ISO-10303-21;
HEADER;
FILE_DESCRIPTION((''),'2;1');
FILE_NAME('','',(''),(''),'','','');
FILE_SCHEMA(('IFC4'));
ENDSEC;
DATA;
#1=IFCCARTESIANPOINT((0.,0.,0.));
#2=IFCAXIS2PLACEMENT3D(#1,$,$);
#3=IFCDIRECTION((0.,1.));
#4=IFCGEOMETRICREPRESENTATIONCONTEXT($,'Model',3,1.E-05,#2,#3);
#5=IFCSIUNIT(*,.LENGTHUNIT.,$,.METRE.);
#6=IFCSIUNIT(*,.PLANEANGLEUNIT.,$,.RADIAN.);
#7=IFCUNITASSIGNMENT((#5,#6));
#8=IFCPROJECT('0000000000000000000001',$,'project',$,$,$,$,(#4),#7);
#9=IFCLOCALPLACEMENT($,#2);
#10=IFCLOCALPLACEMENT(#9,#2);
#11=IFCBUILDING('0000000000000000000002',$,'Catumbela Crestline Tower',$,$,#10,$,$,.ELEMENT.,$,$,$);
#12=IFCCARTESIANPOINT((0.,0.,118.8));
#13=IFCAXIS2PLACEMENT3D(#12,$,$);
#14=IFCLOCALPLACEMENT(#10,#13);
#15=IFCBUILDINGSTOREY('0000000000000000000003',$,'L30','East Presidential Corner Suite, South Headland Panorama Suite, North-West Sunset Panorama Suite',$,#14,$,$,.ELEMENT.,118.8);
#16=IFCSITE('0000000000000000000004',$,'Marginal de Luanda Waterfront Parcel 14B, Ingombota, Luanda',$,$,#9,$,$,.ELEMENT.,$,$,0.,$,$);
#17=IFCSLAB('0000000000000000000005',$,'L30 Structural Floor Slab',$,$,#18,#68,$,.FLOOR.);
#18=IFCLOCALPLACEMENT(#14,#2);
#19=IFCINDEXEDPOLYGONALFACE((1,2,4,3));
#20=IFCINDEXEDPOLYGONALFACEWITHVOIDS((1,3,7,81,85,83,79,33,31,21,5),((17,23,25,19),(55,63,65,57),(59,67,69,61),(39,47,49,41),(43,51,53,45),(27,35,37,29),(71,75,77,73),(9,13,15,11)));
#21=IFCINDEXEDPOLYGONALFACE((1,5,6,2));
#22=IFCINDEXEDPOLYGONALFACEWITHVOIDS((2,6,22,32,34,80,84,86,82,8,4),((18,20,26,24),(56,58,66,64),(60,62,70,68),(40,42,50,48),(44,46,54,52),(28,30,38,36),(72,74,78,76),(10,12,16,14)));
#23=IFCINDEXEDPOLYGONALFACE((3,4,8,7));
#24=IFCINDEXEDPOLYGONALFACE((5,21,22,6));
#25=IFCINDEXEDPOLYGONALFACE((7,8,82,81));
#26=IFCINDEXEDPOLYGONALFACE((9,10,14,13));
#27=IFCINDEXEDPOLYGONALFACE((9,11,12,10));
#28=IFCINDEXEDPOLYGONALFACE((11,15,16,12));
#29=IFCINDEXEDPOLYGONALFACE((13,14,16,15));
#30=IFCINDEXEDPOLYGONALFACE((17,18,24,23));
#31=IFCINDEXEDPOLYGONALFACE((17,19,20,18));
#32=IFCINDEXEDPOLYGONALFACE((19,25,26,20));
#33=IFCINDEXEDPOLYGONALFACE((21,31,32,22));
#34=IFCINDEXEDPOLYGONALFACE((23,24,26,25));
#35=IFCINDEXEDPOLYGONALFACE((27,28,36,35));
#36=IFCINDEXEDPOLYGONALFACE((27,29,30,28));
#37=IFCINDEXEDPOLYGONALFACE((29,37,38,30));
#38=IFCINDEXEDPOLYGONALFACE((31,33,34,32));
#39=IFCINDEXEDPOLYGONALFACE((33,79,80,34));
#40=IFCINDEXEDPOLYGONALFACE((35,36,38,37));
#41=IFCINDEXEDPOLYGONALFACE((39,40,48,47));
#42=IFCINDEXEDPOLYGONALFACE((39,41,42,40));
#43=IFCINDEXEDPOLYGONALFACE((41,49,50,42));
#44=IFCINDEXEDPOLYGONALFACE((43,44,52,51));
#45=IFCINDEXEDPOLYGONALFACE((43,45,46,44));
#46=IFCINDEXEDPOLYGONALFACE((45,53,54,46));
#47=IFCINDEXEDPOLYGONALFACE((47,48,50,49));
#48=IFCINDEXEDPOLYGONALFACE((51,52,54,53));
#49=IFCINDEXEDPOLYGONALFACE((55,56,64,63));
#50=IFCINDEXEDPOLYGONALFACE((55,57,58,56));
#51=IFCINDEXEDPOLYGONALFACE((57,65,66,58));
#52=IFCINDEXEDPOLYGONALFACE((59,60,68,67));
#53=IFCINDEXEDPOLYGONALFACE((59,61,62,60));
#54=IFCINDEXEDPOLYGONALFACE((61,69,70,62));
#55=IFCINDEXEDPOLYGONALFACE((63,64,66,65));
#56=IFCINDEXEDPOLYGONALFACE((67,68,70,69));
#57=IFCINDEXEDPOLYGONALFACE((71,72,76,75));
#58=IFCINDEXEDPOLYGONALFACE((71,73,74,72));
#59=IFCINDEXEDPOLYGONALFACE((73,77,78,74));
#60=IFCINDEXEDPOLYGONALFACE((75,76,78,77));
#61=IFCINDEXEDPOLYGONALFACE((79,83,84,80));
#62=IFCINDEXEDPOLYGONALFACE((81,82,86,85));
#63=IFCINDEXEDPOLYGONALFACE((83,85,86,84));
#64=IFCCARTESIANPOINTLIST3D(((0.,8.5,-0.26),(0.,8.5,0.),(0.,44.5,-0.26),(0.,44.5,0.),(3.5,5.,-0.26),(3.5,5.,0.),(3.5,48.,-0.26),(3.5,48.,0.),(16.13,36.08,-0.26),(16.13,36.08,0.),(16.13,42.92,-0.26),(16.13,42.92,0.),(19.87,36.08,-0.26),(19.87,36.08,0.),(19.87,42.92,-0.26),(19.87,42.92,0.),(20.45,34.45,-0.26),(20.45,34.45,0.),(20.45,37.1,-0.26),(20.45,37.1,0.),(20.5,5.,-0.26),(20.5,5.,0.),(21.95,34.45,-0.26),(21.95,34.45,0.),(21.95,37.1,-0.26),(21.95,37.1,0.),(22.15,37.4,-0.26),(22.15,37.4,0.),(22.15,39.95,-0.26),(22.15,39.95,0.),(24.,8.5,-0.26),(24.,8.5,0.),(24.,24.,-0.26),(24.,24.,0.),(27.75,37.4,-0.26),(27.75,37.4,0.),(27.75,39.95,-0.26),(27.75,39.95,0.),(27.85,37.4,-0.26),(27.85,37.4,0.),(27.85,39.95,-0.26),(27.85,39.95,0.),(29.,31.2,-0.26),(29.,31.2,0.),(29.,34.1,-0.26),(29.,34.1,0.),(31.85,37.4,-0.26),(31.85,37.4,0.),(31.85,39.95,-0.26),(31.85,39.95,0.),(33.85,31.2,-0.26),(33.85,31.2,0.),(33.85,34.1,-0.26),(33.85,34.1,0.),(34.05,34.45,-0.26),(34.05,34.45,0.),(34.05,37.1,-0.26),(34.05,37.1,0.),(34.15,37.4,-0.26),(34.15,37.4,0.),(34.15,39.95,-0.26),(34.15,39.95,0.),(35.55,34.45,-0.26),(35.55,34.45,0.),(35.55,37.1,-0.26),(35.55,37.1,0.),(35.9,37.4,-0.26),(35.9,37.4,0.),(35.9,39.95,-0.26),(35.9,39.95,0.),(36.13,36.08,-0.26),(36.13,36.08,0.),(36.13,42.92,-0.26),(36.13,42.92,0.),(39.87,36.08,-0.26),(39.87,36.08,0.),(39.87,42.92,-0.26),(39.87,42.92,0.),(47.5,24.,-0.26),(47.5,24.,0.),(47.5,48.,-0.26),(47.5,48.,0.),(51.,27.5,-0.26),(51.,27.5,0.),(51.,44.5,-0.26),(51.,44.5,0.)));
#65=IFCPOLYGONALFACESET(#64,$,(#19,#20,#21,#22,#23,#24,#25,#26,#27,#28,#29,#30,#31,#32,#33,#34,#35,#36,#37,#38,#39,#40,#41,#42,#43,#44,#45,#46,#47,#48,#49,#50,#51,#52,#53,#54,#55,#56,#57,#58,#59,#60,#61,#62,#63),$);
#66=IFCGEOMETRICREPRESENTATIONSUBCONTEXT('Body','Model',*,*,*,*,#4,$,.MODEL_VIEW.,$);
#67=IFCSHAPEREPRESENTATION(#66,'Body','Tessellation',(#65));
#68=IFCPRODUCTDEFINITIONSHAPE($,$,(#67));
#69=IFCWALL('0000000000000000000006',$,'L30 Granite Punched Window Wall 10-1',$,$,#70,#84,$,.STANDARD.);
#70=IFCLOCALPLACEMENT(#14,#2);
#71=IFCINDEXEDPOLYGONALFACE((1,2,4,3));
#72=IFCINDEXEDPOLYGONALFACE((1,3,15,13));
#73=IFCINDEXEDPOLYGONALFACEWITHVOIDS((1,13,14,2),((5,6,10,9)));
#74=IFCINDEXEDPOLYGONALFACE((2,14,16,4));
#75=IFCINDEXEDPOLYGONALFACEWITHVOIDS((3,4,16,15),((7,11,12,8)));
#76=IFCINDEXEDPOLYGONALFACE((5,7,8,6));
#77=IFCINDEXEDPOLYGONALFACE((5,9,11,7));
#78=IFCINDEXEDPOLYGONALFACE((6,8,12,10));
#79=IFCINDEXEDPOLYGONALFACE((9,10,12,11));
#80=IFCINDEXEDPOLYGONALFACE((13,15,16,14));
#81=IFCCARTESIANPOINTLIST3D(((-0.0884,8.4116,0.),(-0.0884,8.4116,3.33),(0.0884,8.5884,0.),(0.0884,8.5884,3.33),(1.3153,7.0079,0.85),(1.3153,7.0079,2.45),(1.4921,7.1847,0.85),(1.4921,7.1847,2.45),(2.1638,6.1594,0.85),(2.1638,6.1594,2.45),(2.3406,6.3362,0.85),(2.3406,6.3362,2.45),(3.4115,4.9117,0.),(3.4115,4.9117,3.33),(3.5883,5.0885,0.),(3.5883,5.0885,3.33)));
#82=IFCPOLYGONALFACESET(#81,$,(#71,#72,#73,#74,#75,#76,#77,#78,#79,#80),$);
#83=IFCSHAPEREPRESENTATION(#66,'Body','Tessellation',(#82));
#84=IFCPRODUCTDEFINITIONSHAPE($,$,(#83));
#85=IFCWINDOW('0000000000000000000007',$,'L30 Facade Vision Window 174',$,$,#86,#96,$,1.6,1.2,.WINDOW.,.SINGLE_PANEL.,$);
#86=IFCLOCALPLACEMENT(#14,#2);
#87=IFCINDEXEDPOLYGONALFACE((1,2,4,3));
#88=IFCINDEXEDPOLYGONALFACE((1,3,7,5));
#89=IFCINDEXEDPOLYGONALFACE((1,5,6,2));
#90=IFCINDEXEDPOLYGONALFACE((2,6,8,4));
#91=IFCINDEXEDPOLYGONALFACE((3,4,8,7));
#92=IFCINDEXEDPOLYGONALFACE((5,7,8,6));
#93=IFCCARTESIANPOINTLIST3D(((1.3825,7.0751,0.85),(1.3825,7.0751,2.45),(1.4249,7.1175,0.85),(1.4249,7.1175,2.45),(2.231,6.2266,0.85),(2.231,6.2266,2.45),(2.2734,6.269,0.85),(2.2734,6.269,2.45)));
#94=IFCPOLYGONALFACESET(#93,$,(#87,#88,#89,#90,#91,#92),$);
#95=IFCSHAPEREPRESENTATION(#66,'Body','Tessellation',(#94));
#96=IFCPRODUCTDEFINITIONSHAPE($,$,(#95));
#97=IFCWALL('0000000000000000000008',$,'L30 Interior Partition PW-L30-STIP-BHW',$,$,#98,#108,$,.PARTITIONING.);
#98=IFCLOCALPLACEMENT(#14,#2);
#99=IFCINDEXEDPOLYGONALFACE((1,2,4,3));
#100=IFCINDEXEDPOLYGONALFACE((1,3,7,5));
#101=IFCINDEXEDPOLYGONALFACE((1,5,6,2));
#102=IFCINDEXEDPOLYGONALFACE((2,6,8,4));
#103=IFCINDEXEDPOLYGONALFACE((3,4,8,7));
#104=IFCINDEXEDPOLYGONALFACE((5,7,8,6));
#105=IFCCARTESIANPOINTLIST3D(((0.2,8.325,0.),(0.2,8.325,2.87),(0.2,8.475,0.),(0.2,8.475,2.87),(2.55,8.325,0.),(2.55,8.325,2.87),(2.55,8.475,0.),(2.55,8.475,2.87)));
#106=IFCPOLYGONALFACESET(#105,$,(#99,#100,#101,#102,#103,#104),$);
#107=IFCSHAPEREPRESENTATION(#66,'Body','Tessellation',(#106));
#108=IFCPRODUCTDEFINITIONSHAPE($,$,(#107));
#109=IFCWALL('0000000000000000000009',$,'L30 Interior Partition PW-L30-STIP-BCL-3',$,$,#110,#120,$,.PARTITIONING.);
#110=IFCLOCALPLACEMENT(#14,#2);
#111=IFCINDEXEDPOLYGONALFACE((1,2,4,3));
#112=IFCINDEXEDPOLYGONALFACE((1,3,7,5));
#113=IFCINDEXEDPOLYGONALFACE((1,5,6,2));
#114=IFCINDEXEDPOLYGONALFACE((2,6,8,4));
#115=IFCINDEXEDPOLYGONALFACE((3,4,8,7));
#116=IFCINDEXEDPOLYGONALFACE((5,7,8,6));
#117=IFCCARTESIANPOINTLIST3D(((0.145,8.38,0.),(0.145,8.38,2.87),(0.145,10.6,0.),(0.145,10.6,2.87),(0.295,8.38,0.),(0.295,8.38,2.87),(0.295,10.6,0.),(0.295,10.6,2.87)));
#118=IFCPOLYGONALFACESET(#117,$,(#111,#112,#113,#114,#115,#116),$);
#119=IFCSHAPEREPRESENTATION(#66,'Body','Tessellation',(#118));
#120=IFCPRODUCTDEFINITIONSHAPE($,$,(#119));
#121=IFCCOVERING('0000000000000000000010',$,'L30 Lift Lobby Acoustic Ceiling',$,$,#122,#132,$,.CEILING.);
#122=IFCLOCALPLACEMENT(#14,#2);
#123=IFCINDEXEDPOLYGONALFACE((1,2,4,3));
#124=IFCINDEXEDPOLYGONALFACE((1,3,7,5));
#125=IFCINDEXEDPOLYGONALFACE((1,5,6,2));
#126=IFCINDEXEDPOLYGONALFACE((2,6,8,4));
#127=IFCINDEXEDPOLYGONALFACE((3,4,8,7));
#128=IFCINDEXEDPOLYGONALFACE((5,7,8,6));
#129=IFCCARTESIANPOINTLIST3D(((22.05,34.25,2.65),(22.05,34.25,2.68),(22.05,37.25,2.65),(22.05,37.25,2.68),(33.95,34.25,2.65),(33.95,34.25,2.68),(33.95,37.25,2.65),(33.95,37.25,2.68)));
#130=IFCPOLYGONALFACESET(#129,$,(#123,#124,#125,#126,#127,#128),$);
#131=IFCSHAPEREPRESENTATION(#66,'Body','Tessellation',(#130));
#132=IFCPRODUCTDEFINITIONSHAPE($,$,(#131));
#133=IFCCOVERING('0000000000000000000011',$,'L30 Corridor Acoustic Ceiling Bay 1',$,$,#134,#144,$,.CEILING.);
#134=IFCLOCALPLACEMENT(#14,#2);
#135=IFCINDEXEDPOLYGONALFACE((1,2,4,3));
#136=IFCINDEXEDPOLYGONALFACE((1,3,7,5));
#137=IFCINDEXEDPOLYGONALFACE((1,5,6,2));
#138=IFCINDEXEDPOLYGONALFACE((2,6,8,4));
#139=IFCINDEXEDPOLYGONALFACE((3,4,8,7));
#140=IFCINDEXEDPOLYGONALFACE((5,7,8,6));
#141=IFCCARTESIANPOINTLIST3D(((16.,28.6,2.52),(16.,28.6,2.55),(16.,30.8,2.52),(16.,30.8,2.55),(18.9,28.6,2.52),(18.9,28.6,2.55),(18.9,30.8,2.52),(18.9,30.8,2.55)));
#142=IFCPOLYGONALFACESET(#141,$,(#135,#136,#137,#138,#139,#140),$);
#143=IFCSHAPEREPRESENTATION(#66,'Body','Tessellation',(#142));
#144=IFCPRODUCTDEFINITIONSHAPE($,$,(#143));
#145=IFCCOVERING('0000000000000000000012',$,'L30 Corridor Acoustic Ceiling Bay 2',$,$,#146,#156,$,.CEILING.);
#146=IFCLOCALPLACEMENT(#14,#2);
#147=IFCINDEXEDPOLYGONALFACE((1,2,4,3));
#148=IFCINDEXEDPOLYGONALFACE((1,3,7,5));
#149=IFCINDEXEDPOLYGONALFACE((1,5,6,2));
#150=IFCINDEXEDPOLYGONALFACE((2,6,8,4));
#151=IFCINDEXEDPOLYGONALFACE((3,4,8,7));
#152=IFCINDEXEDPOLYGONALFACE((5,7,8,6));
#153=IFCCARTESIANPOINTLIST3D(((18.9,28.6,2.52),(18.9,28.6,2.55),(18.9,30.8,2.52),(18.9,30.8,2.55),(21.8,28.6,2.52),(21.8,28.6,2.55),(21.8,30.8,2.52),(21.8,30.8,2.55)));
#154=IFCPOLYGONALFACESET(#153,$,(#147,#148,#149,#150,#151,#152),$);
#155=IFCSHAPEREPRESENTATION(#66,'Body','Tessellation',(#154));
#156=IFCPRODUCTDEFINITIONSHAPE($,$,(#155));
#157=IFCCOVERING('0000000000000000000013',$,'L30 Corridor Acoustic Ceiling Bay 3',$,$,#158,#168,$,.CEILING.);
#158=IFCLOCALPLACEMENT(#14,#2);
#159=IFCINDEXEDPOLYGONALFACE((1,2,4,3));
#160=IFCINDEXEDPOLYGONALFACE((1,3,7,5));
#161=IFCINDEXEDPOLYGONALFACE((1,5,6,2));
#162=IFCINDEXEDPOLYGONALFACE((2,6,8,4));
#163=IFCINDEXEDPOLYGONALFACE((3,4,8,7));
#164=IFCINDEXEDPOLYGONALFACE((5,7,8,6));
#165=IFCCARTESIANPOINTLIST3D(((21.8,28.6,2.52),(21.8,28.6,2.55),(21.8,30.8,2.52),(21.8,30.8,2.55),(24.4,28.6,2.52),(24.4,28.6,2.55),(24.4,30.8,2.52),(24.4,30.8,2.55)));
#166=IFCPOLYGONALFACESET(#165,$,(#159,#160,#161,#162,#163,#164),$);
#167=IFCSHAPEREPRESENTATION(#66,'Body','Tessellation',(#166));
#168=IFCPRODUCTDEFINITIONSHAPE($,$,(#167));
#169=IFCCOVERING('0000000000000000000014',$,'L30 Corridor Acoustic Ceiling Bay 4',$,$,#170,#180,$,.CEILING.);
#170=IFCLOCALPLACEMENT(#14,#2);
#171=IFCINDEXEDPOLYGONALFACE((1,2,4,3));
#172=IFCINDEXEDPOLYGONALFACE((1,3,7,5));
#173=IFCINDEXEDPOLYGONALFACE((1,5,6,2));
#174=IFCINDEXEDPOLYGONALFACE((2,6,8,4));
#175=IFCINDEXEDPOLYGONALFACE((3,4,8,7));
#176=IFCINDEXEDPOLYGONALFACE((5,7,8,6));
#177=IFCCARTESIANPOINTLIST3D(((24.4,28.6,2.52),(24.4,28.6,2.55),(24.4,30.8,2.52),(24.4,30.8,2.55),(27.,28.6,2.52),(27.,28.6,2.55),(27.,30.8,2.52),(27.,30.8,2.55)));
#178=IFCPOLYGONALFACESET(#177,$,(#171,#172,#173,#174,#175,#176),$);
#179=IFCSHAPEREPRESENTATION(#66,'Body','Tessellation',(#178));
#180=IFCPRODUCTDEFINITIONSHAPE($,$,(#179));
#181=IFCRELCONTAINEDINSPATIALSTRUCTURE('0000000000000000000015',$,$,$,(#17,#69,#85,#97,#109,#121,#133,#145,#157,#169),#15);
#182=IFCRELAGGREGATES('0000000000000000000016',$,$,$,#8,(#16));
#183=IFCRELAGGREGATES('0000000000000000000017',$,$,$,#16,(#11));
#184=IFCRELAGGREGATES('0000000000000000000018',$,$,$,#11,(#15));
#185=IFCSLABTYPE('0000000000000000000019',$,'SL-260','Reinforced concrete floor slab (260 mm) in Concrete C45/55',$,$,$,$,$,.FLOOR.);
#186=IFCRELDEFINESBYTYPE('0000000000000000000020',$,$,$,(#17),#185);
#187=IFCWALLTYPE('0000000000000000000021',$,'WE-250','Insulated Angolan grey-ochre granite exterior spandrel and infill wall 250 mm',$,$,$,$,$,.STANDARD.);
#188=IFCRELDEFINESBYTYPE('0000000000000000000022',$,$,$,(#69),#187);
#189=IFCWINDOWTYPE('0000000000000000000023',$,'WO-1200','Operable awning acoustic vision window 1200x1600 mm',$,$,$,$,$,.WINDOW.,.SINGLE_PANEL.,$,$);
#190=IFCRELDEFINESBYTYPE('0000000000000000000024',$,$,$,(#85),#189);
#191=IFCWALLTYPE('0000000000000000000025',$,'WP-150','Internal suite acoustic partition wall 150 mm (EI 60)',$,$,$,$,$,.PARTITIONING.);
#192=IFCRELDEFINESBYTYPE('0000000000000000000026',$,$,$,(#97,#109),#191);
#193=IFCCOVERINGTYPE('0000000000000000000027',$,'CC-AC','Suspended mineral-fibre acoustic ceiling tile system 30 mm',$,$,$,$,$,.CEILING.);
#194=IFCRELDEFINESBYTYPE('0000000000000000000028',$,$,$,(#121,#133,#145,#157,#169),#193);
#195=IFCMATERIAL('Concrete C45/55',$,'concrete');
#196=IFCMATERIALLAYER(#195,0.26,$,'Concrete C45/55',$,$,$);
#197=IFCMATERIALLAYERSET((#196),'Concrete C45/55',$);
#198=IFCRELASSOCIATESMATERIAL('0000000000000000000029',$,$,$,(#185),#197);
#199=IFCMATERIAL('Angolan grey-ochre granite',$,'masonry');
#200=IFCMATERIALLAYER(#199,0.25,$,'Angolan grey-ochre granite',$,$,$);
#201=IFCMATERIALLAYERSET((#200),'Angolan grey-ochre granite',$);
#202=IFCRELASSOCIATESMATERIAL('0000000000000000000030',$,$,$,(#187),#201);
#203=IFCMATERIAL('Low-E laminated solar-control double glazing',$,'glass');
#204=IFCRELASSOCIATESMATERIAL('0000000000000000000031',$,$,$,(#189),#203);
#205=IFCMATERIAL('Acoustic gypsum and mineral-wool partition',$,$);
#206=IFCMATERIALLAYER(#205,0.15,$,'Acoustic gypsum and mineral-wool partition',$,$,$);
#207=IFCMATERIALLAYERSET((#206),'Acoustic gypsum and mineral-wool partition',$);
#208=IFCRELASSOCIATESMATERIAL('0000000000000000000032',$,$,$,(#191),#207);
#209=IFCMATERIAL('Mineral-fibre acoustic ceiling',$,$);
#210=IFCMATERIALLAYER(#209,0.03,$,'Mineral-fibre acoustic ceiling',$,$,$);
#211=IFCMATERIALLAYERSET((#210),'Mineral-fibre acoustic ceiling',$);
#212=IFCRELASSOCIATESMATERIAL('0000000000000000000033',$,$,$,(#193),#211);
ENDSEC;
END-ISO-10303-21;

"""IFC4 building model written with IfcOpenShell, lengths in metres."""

from ifc_helpers import new_model, si_unit, direction, frame, frame_2d, origin, place, context, subcontext, project, spatial, polyline, rectangle, outline, extrude, material, layer, layer_set, type_object, element, fill, save


model = new_model("IFC4")

# Units and contexts
model_context = context("Model", 3, precision=1e-05, world=origin(), true_north=direction((0.0, 1.0)))
body_context = subcontext(model_context, "Body", "Model", "MODEL_VIEW")
ifc_project = project(units=[si_unit("LENGTHUNIT", "METRE"), si_unit("PLANEANGLEUNIT", "RADIAN")], contexts=[model_context])

# Site, building, storey
site_placement = place(None, origin())
site = spatial("IfcSite", under=ifc_project, at=site_placement, Name="Marginal de Luanda Waterfront Parcel 14B, Ingombota, Luanda", CompositionType="ELEMENT", RefElevation=0.0)
building_placement = place(site_placement, origin())
building = spatial("IfcBuilding", under=site, at=building_placement, Name="Catumbela Crestline Tower", CompositionType="ELEMENT")
storey_placement = place(building_placement, frame((0.0, 0.0, 118.8)))
storey = spatial("IfcBuildingStorey", under=building, at=storey_placement, Name="L30", Description="East Presidential Corner Suite, South Headland Panorama Suite, North-West Sunset Panorama Suite", CompositionType="ELEMENT", Elevation=118.8)

# Shared definitions
ifc_material_1 = material(Name="Concrete C45/55", Category="concrete")

# Slab
ifc_layer_1 = layer(ifc_material_1, 0.26, Name="Concrete C45/55")
ifc_layer_set_1 = layer_set([ifc_layer_1], Name="Concrete C45/55")
slab_type_1 = type_object("IfcSlabType", Name="SL-260", Description="Reinforced concrete floor slab (260 mm) in Concrete C45/55", PredefinedType="FLOOR", material=ifc_layer_set_1)
slab_1_placement = place(storey_placement, frame((0.0, 0.0, -0.26)))
element("IfcSlab", 1, at=slab_1_placement, inside=storey, type_object=slab_type_1, Name="L30 Structural Floor Slab", PredefinedType="FLOOR", context=body_context, shape_type="SweptSolid", body=[
    extrude(outline(polyline([(3.5, 5.0), (20.5, 5.0), (24.0, 8.5), (24.0, 24.0), (47.5, 24.0), (51.0, 27.5), (51.0, 44.5), (47.5, 48.0), (3.5, 48.0), (0.0, 44.5), (0.0, 8.5), (3.5, 5.0)]), holes=[polyline([(16.13, 36.08), (19.87, 36.08), (19.87, 42.92), (16.13, 42.92), (16.13, 36.08)]), polyline([(36.13, 36.08), (39.87, 36.08), (39.87, 42.92), (36.13, 42.92), (36.13, 36.08)]), polyline([(29.0, 31.2), (33.85, 31.2), (33.85, 34.1), (29.0, 34.1), (29.0, 31.2)]), polyline([(22.15, 37.4), (27.75, 37.4), (27.75, 39.95), (22.15, 39.95), (22.15, 37.4)]), polyline([(27.85, 37.4), (31.85, 37.4), (31.85, 39.95), (27.85, 39.95), (27.85, 37.4)]), polyline([(20.45, 34.45), (21.95, 34.45), (21.95, 37.1), (20.45, 37.1), (20.45, 34.45)]), polyline([(34.05, 34.45), (35.55, 34.45), (35.55, 37.1), (34.05, 37.1), (34.05, 34.45)]), polyline([(34.15, 37.4), (35.9, 37.4), (35.9, 39.95), (34.15, 39.95), (34.15, 37.4)])]), origin(), (0.0, 0.0, 1.0), 0.26),
])

# Wall, opening, window
ifc_material_2 = material(Name="Angolan grey-ochre granite", Category="masonry")
ifc_layer_2 = layer(ifc_material_2, 0.25, Name="Angolan grey-ochre granite")
ifc_layer_set_2 = layer_set([ifc_layer_2], Name="Angolan grey-ochre granite")
wall_type_1 = type_object("IfcWallType", Name="WE-250", Description="Insulated Angolan grey-ochre granite exterior spandrel and infill wall 250 mm", PredefinedType="STANDARD", material=ifc_layer_set_2)
wall_1_placement = place(storey_placement, frame((0.0, 8.5, 0.0), z_axis=(0.0, 0.0, 1.0), x_axis=(0.707107, -0.707107, 0.0)))
wall_1 = element("IfcWall", 2, at=wall_1_placement, inside=storey, type_object=wall_type_1, Name="L30 Granite Punched Window Wall 10-1", PredefinedType="STANDARD", context=body_context, shape_type="SweptSolid", body=[
    extrude(rectangle(XDim=4.9497, YDim=0.25, at=frame_2d((2.4748, 0.0))), origin(), (0.0, 0.0, 1.0), 3.33),
])
opening_placement = place(wall_1_placement, frame((1.9851, 0.0, 0.85)))
opening = element("IfcOpeningElement", 3, at=opening_placement, cuts=wall_1, PredefinedType="OPENING", context=body_context, shape_type="SweptSolid", body=[
    extrude(rectangle(XDim=1.2, YDim=1.6, at=frame_2d((0.6, 0.8))), frame((0.0, 0.135, 0.0), z_axis=(0.0, -1.0, 0.0), x_axis=(1.0, 0.0, 0.0)), (0.0, 0.0, 1.0), 0.27),
])
ifc_material_3 = material(Name="Low-E laminated solar-control double glazing", Category="glass")
window_type = type_object("IfcWindowType", Name="WO-1200", Description="Operable awning acoustic vision window 1200x1600 mm", PartitioningType="SINGLE_PANEL", PredefinedType="WINDOW", material=ifc_material_3)
window_placement = place(opening_placement, origin())
window = element("IfcWindow", 4, at=window_placement, inside=storey, type_object=window_type, Name="L30 Facade Vision Window 174", OverallHeight=1.6, OverallWidth=1.2, PartitioningType="SINGLE_PANEL", PredefinedType="WINDOW", context=body_context, shape_type="SweptSolid", body=[
    extrude(rectangle(XDim=1.2, YDim=1.6, at=frame_2d((0.6, 0.8))), frame((0.0, 0.03, 0.0), z_axis=(0.0, -1.0, 0.0), x_axis=(1.0, 0.0, 0.0)), (0.0, 0.0, 1.0), 0.06),
])
fill(opening, window)

# Walls
ifc_material_4 = material(Name="Acoustic gypsum and mineral-wool partition")
ifc_layer_3 = layer(ifc_material_4, 0.15, Name="Acoustic gypsum and mineral-wool partition")
ifc_layer_set_3 = layer_set([ifc_layer_3], Name="Acoustic gypsum and mineral-wool partition")
wall_type_2 = type_object("IfcWallType", Name="WP-150", Description="Internal suite acoustic partition wall 150 mm (EI 60)", PredefinedType="PARTITIONING", material=ifc_layer_set_3)
wall_2_placement = place(storey_placement, frame((0.2, 8.4, 0.0), z_axis=(0.0, 0.0, 1.0), x_axis=(1.0, 0.0, 0.0)))
element("IfcWall", 5, at=wall_2_placement, inside=storey, type_object=wall_type_2, Name="L30 Interior Partition PW-L30-STIP-BHW", PredefinedType="PARTITIONING", context=body_context, shape_type="SweptSolid", body=[
    extrude(rectangle(XDim=2.35, YDim=0.15, at=frame_2d((1.175, 0.0))), origin(), (0.0, 0.0, 1.0), 2.87),
])
wall_3_placement = place(storey_placement, frame((0.22, 8.38, 0.0), z_axis=(0.0, 0.0, 1.0), x_axis=(0.0, 1.0, 0.0)))
element("IfcWall", 6, at=wall_3_placement, inside=storey, type_object=wall_type_2, Name="L30 Interior Partition PW-L30-STIP-BCL-3", PredefinedType="PARTITIONING", context=body_context, shape_type="SweptSolid", body=[
    extrude(rectangle(XDim=2.22, YDim=0.15, at=frame_2d((1.11, 0.0))), origin(), (0.0, 0.0, 1.0), 2.87),
])

# Coverings
ifc_material_5 = material(Name="Mineral-fibre acoustic ceiling")
ifc_layer_4 = layer(ifc_material_5, 0.03, Name="Mineral-fibre acoustic ceiling")
ifc_layer_set_4 = layer_set([ifc_layer_4], Name="Mineral-fibre acoustic ceiling")
covering_type_1 = type_object("IfcCoveringType", Name="CC-AC", Description="Suspended mineral-fibre acoustic ceiling tile system 30 mm", PredefinedType="CEILING", material=ifc_layer_set_4)
covering_1_placement = place(storey_placement, frame((0.0, 0.0, 2.65)))
element("IfcCovering", 7, at=covering_1_placement, inside=storey, type_object=covering_type_1, Name="L30 Lift Lobby Acoustic Ceiling", PredefinedType="CEILING", context=body_context, shape_type="SweptSolid", body=[
    extrude(outline(polyline([(22.05, 34.25), (33.95, 34.25), (33.95, 37.25), (22.05, 37.25), (22.05, 34.25)])), origin(), (0.0, 0.0, 1.0), 0.03),
])
covering_2_placement = place(storey_placement, frame((0.0, 0.0, 2.52)))
element("IfcCovering", 8, at=covering_2_placement, inside=storey, type_object=covering_type_1, Name="L30 Corridor Acoustic Ceiling Bay 1", PredefinedType="CEILING", context=body_context, shape_type="SweptSolid", body=[
    extrude(outline(polyline([(16.0, 28.6), (18.9, 28.6), (18.9, 30.8), (16.0, 30.8), (16.0, 28.6)])), origin(), (0.0, 0.0, 1.0), 0.03),
])
covering_3_placement = place(storey_placement, frame((0.0, 0.0, 2.52)))
element("IfcCovering", 9, at=covering_3_placement, inside=storey, type_object=covering_type_1, Name="L30 Corridor Acoustic Ceiling Bay 2", PredefinedType="CEILING", context=body_context, shape_type="SweptSolid", body=[
    extrude(outline(polyline([(18.9, 28.6), (21.8, 28.6), (21.8, 30.8), (18.9, 30.8), (18.9, 28.6)])), origin(), (0.0, 0.0, 1.0), 0.03),
])
covering_4_placement = place(storey_placement, frame((0.0, 0.0, 2.52)))
element("IfcCovering", 10, at=covering_4_placement, inside=storey, type_object=covering_type_1, Name="L30 Corridor Acoustic Ceiling Bay 3", PredefinedType="CEILING", context=body_context, shape_type="SweptSolid", body=[
    extrude(outline(polyline([(21.8, 28.6), (24.4, 28.6), (24.4, 30.8), (21.8, 30.8), (21.8, 28.6)])), origin(), (0.0, 0.0, 1.0), 0.03),
])
covering_5_placement = place(storey_placement, frame((0.0, 0.0, 2.52)))
element("IfcCovering", 11, at=covering_5_placement, inside=storey, type_object=covering_type_1, Name="L30 Corridor Acoustic Ceiling Bay 4", PredefinedType="CEILING", context=body_context, shape_type="SweptSolid", body=[
    extrude(outline(polyline([(24.4, 28.6), (27.0, 28.6), (27.0, 30.8), (24.4, 30.8), (24.4, 28.6)])), origin(), (0.0, 0.0, 1.0), 0.03),
])

save(model, "model.ifc")
